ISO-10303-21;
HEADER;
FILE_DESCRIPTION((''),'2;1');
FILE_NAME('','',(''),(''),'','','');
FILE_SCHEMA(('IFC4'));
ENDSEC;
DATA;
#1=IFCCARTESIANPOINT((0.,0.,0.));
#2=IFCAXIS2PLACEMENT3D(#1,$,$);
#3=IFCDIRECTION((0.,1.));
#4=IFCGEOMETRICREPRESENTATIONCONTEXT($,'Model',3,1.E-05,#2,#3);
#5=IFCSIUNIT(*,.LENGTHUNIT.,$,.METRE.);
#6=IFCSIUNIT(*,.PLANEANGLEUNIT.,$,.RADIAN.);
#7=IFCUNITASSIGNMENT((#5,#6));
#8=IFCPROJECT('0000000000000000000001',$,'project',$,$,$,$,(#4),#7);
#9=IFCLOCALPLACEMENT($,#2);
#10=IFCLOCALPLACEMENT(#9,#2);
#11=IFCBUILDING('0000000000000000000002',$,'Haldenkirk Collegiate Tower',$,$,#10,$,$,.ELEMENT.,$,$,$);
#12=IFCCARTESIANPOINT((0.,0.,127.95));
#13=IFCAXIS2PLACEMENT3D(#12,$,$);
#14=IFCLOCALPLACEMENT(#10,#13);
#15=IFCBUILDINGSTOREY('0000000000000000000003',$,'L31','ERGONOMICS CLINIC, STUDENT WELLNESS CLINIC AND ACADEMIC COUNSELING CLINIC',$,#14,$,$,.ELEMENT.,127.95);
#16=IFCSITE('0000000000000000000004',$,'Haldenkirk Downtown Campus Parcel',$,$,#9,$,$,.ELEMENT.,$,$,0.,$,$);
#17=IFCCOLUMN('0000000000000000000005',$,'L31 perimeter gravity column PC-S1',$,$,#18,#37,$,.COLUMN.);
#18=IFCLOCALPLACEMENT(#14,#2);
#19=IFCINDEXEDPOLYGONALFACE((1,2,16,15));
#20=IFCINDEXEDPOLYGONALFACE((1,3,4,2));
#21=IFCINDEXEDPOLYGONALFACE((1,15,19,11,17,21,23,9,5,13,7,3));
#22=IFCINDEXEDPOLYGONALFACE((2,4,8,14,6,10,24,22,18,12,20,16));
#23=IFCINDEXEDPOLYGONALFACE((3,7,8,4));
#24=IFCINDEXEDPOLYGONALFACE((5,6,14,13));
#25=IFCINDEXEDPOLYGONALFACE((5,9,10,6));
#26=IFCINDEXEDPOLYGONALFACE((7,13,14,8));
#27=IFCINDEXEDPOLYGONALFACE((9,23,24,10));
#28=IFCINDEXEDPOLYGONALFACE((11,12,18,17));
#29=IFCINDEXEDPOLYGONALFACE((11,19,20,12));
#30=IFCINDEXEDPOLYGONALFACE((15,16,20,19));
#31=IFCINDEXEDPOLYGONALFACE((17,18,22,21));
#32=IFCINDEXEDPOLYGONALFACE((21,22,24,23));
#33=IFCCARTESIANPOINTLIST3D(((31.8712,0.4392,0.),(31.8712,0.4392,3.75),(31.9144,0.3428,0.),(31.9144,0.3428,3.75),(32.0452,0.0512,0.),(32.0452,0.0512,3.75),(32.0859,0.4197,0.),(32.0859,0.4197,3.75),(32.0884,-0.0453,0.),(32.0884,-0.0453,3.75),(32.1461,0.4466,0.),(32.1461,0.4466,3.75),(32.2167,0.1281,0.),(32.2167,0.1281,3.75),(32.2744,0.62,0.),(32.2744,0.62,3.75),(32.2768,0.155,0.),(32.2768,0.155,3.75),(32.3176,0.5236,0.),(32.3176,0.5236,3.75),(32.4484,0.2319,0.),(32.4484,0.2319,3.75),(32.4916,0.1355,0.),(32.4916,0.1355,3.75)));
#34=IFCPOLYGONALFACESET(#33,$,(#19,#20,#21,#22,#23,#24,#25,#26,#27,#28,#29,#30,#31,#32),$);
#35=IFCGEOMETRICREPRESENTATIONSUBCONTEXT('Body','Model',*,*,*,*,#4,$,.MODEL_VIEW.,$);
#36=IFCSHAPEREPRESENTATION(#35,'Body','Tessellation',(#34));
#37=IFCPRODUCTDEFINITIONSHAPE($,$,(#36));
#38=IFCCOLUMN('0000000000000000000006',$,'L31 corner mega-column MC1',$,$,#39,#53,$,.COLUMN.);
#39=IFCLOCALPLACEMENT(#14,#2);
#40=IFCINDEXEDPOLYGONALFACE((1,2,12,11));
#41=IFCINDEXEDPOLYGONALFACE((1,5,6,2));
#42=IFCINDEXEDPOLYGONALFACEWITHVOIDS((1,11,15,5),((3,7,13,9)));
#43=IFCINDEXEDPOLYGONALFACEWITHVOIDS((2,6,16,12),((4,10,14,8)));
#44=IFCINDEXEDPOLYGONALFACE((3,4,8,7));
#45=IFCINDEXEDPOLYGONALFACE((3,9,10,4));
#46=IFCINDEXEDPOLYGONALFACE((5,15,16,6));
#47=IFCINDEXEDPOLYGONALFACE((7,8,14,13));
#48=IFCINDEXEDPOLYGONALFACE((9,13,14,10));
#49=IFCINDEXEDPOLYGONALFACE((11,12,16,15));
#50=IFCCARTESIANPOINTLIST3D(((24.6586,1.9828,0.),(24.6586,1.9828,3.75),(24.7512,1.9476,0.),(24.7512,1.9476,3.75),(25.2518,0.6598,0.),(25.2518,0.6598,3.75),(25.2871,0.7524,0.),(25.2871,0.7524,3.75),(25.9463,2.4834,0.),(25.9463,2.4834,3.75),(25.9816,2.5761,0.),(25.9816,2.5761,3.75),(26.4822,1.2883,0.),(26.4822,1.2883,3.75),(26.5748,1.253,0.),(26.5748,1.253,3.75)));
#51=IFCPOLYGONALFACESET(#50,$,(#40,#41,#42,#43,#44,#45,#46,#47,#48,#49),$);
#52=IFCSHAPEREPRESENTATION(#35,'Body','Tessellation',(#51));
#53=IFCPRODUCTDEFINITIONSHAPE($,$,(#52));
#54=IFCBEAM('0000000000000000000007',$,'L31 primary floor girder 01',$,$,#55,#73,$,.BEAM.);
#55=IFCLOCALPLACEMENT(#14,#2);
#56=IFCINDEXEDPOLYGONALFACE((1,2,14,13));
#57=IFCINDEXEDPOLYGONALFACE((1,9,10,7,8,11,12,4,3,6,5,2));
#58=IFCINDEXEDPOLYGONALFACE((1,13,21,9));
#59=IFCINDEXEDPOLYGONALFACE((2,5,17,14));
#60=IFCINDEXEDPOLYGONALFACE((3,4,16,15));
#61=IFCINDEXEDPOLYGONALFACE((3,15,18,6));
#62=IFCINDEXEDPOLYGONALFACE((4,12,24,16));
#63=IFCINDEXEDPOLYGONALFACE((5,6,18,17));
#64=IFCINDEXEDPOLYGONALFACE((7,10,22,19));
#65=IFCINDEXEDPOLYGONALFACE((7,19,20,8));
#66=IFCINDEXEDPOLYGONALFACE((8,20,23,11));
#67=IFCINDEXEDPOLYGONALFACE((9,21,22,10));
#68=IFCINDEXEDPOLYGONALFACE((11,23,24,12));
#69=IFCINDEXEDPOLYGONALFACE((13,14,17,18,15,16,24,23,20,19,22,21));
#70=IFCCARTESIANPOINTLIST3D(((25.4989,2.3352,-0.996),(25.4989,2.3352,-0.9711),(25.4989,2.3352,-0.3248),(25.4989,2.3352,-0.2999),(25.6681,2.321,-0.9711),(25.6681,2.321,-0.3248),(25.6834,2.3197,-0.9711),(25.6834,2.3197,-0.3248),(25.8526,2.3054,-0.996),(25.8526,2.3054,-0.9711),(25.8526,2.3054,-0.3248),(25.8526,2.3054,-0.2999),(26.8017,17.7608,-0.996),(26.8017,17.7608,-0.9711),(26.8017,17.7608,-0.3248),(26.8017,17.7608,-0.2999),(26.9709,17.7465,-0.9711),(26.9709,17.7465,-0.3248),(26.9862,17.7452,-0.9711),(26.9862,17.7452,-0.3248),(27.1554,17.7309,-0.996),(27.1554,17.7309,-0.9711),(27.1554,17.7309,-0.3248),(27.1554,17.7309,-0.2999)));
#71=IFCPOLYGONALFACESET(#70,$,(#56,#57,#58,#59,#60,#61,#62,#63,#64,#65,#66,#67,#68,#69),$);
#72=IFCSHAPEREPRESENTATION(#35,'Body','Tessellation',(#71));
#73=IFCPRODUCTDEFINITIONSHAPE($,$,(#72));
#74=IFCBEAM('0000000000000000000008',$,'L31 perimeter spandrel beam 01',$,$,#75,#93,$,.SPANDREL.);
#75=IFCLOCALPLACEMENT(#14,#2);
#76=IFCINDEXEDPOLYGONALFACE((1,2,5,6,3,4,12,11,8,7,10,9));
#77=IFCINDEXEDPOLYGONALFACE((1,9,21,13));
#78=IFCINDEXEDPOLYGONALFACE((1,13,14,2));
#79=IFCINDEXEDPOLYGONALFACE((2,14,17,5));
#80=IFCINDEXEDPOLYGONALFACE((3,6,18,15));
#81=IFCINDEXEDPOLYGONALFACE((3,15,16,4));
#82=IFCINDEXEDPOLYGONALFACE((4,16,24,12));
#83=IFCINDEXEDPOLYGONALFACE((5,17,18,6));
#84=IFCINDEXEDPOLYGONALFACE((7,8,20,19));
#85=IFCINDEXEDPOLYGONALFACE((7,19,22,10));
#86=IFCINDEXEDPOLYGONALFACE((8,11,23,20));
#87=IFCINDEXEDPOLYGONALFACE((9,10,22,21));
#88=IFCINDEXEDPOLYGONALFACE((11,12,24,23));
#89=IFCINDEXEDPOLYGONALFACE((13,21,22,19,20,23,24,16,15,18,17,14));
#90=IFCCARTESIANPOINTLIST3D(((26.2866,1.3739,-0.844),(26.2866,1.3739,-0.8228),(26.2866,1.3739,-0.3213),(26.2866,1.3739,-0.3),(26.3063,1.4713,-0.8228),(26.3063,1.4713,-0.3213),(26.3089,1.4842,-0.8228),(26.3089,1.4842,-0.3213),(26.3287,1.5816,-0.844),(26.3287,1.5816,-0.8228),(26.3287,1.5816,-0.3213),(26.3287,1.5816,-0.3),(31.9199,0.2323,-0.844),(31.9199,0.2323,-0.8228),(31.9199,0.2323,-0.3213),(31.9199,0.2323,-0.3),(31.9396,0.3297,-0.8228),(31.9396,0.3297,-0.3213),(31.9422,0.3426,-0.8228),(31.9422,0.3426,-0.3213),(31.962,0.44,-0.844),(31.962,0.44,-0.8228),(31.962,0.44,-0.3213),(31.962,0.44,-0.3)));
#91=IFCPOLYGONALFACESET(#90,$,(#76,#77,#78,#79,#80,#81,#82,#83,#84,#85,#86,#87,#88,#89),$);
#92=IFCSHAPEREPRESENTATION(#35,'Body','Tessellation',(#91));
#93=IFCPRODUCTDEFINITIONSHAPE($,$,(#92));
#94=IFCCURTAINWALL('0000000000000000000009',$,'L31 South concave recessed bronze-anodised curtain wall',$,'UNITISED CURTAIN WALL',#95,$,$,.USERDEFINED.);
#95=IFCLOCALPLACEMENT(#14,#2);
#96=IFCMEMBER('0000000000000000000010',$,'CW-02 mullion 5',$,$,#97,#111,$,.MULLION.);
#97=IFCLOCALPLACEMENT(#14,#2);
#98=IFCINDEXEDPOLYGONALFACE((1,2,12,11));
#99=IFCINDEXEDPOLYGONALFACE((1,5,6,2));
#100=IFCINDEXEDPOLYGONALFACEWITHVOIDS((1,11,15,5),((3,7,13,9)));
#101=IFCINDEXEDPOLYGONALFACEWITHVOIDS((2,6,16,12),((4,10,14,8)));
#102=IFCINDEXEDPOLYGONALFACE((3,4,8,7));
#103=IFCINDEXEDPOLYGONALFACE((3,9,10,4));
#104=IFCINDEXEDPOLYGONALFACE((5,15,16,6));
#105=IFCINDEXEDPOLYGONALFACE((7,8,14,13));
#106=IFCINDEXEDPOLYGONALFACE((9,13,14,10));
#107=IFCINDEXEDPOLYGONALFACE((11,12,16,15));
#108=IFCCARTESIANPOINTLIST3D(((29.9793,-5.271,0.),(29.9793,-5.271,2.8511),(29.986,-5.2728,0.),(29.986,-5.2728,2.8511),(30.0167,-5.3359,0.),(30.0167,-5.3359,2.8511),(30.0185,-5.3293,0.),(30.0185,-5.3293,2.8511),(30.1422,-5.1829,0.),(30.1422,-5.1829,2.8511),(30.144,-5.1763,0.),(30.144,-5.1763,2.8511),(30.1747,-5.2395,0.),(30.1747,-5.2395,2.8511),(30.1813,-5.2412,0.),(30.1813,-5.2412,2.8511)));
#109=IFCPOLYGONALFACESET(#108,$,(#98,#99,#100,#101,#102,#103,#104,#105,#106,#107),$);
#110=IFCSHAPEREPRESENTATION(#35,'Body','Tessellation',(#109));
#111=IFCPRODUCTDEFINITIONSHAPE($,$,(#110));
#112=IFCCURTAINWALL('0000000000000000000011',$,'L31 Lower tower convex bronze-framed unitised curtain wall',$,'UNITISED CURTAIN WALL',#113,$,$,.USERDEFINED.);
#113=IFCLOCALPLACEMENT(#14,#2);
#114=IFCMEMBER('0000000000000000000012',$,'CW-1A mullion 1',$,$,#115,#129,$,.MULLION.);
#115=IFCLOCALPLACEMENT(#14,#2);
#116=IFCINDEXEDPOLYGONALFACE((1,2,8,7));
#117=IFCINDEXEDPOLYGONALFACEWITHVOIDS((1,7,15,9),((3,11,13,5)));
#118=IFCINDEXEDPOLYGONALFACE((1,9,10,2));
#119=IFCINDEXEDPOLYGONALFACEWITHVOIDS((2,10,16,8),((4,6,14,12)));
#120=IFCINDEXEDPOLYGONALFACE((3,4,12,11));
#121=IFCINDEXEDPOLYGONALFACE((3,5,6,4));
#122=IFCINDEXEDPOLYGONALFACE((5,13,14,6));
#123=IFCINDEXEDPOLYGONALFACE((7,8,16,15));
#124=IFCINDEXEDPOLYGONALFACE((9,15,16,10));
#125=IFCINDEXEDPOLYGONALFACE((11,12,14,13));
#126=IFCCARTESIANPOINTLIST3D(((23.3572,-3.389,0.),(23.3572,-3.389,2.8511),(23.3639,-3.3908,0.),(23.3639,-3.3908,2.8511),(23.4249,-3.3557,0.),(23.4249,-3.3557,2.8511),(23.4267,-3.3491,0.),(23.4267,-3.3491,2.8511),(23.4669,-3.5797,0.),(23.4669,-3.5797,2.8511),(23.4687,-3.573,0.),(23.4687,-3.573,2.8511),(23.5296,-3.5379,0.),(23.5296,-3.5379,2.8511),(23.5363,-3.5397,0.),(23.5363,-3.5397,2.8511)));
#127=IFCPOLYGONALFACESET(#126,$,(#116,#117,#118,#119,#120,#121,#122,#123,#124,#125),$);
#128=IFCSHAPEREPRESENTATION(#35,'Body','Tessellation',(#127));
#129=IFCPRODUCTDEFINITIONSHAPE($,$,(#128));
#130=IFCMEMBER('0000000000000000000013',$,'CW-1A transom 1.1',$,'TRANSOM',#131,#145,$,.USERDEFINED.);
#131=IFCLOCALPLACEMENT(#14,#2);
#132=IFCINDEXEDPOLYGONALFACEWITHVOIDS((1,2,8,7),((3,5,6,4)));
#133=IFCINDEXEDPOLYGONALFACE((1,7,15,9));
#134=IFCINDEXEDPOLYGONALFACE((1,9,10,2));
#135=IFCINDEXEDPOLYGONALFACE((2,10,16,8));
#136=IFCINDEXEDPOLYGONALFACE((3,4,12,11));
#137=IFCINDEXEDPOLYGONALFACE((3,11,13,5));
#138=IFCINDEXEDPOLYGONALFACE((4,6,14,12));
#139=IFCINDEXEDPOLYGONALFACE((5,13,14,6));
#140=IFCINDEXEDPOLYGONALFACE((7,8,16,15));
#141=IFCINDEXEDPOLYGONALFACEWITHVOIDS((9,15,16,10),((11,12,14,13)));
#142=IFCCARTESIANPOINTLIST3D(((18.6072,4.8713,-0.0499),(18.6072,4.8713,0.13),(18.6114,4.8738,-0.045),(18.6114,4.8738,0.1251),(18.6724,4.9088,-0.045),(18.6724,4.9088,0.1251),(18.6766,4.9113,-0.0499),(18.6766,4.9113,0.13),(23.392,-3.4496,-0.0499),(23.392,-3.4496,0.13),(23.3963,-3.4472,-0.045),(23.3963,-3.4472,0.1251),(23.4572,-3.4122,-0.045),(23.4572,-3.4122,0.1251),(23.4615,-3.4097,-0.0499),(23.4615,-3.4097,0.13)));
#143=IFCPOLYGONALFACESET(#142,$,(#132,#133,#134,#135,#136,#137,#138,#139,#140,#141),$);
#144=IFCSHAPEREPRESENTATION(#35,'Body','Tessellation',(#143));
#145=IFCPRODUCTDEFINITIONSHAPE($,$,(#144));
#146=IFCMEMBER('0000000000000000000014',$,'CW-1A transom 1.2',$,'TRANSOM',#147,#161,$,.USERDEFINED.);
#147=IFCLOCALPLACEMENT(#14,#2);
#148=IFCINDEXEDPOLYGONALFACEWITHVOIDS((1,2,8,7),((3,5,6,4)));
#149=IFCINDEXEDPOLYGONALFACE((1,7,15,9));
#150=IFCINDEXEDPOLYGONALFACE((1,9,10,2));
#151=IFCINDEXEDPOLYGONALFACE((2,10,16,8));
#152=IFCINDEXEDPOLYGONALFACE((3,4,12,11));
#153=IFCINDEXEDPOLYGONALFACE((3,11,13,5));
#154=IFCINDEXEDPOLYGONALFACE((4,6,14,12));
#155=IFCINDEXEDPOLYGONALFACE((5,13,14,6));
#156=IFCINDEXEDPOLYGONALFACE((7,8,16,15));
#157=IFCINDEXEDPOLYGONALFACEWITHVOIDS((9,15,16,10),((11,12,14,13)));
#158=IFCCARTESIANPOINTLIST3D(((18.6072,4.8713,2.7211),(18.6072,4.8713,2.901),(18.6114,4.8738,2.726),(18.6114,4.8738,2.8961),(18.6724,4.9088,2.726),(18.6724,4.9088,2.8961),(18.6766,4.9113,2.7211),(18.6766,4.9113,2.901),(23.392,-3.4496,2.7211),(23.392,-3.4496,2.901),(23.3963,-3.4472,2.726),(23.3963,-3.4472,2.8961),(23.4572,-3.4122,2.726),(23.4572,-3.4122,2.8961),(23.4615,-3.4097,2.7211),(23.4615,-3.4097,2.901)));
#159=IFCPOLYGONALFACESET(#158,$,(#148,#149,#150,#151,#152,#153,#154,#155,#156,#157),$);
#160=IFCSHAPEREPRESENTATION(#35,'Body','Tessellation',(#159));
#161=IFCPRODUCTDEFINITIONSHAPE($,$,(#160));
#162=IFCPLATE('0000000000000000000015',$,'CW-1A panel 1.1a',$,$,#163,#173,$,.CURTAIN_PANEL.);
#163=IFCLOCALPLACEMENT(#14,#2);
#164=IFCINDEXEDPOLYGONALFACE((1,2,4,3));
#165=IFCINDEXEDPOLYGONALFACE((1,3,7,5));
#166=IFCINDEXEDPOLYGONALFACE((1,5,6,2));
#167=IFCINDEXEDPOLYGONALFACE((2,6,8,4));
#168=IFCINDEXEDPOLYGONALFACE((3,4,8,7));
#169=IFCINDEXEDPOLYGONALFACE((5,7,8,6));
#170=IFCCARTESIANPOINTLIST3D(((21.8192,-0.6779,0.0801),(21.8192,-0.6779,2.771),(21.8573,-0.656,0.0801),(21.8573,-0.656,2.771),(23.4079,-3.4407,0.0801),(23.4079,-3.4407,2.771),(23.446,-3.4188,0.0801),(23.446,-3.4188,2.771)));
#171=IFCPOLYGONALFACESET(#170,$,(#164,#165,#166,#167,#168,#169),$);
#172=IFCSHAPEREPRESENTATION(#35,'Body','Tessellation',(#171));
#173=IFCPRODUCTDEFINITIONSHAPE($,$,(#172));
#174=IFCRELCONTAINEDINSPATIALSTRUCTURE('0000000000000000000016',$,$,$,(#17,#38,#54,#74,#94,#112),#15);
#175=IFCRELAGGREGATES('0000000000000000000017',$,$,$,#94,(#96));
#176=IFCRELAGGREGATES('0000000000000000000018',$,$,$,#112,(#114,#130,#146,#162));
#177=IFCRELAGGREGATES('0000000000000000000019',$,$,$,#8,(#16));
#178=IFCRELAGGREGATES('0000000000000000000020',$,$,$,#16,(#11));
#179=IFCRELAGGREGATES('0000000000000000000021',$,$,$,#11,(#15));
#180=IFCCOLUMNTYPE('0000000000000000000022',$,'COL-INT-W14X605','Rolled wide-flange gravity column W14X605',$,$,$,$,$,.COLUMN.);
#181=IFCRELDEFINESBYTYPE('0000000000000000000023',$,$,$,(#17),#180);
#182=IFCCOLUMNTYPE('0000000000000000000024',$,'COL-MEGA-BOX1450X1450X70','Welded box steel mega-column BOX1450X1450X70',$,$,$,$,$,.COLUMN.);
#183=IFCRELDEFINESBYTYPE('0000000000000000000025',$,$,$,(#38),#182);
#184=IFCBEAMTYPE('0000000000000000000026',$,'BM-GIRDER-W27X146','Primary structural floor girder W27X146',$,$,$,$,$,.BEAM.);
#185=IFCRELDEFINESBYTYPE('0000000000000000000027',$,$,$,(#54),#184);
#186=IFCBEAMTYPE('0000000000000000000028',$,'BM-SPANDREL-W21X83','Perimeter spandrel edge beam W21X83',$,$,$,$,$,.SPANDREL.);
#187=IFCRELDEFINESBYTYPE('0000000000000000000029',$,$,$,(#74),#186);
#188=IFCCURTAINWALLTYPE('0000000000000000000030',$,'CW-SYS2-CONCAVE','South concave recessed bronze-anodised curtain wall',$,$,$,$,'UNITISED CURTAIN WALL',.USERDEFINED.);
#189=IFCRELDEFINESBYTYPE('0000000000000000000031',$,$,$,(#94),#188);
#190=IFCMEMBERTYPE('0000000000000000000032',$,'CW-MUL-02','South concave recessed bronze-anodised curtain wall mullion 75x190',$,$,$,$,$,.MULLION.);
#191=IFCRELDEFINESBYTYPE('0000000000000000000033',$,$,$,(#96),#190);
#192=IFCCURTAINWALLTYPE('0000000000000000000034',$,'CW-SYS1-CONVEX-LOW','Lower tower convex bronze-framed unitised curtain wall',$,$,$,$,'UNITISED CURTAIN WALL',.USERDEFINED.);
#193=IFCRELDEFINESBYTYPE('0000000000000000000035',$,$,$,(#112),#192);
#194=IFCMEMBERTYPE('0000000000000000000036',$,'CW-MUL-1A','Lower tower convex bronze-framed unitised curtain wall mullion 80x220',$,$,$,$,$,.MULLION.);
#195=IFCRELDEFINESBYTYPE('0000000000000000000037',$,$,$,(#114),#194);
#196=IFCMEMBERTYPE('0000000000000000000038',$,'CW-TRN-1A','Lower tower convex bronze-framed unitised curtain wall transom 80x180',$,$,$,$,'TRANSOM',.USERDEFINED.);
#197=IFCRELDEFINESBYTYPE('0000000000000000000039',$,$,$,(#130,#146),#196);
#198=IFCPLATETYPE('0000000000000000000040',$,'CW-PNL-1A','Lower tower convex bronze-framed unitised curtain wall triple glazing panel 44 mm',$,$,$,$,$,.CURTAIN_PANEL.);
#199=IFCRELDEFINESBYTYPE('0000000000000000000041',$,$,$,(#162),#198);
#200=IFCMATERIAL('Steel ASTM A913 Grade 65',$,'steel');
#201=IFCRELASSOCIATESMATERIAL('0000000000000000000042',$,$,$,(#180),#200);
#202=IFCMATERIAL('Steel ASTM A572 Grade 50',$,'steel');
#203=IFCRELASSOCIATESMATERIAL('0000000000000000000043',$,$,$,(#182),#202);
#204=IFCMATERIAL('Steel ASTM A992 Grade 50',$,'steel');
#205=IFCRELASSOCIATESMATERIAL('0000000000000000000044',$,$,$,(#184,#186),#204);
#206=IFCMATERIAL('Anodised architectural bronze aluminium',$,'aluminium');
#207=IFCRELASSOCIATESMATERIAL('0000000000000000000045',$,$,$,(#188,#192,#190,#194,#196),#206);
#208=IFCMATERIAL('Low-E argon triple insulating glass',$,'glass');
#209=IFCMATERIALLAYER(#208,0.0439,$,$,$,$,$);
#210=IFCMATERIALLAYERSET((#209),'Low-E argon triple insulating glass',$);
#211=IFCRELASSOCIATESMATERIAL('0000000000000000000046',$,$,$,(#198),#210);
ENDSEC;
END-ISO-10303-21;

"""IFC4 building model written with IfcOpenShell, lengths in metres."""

from ifc_helpers import new_model, si_unit, direction, frame, origin, origin_2d, place, context, subcontext, project, spatial, rectangle, hollow_rectangle, i_section, extrude, source, transform, mapped, material, layer, layer_set, material_profile, profile_set, type_object, element, aggregate, save


model = new_model("IFC4")

# Units and contexts
model_context = context("Model", 3, precision=1e-05, world=origin(), true_north=direction((0.0, 1.0)))
body_context = subcontext(model_context, "Body", "Model", "MODEL_VIEW")
ifc_project = project(units=[si_unit("LENGTHUNIT", "METRE"), si_unit("PLANEANGLEUNIT", "RADIAN")], contexts=[model_context])

# Site, building, storey
site_placement = place(None, origin())
site = spatial("IfcSite", under=ifc_project, at=site_placement, Name="Haldenkirk Downtown Campus Parcel", CompositionType="ELEMENT", RefElevation=0.0)
building_placement = place(site_placement, origin())
building = spatial("IfcBuilding", under=site, at=building_placement, Name="Haldenkirk Collegiate Tower", CompositionType="ELEMENT")
storey_placement = place(building_placement, frame((0.0, 0.0, 127.95)))
storey = spatial("IfcBuildingStorey", under=building, at=storey_placement, Name="L31", Description="ERGONOMICS CLINIC, STUDENT WELLNESS CLINIC AND ACADEMIC COUNSELING CLINIC", CompositionType="ELEMENT", Elevation=127.95)

# Columns
ifc_material_1 = material(Name="Steel ASTM A913 Grade 65", Category="steel")
ifc_material_profile_1 = material_profile(ifc_material_1, i_section(OverallWidth=0.4419, OverallDepth=0.531, WebThickness=0.0659, FlangeThickness=0.1057, at=origin_2d()), Name="W14X605")
ifc_profile_set_1 = profile_set([ifc_material_profile_1], Name="Steel ASTM A913 Grade 65")
column_type_1 = type_object("IfcColumnType", Name="COL-INT-W14X605", Description="Rolled wide-flange gravity column W14X605", PredefinedType="COLUMN", material=ifc_profile_set_1)
column_1_placement = place(storey_placement, frame((32.1814, 0.2874, 0.0), z_axis=(0.0, 0.0, 1.0), x_axis=(0.912477, 0.409127, 0.0)))
element("IfcColumn", 1, at=column_1_placement, inside=storey, type_object=column_type_1, Name="L31 perimeter gravity column PC-S1", PredefinedType="COLUMN", context=body_context, shape_type="SweptSolid", body=[
    extrude(i_section(OverallWidth=0.4419, OverallDepth=0.531, WebThickness=0.0659, FlangeThickness=0.1057, at=origin_2d()), origin(), (0.0, 0.0, 1.0), 3.75),
])
ifc_material_2 = material(Name="Steel ASTM A572 Grade 50", Category="steel")
ifc_material_profile_2 = material_profile(ifc_material_2, hollow_rectangle(XDim=1.45, YDim=1.45, WallThickness=0.0701, at=origin_2d()), Name="BOX1450X1450X70")
ifc_profile_set_2 = profile_set([ifc_material_profile_2], Name="Steel ASTM A572 Grade 50")
column_type_2 = type_object("IfcColumnType", Name="COL-MEGA-BOX1450X1450X70", Description="Welded box steel mega-column BOX1450X1450X70", PredefinedType="COLUMN", material=ifc_profile_set_2)
column_2_placement = place(storey_placement, frame((25.6167, 1.6179, 0.0), z_axis=(0.0, 0.0, 1.0), x_axis=(0.912477, 0.409127, 0.0)))
element("IfcColumn", 2, at=column_2_placement, inside=storey, type_object=column_type_2, Name="L31 corner mega-column MC1", PredefinedType="COLUMN", context=body_context, shape_type="SweptSolid", body=[
    extrude(hollow_rectangle(XDim=1.45, YDim=1.45, WallThickness=0.0701, at=origin_2d()), origin(), (0.0, 0.0, 1.0), 3.75),
])

# Beams
ifc_material_3 = material(Name="Steel ASTM A992 Grade 50", Category="steel")
ifc_material_profile_3 = material_profile(ifc_material_3, i_section(OverallWidth=0.355, OverallDepth=0.696, WebThickness=0.0154, FlangeThickness=0.0249, at=origin_2d()), Name="W27X146")
ifc_profile_set_3 = profile_set([ifc_material_profile_3], Name="Steel ASTM A992 Grade 50")
beam_type_1 = type_object("IfcBeamType", Name="BM-GIRDER-W27X146", Description="Primary structural floor girder W27X146", PredefinedType="BEAM", material=ifc_profile_set_3)
beam_1_placement = place(storey_placement, frame((25.6758, 2.3203, -0.6479), z_axis=(0.084154, 0.996453, 0.0), x_axis=(-0.996453, 0.084154, 0.0)))
element("IfcBeam", 3, at=beam_1_placement, inside=storey, type_object=beam_type_1, Name="L31 primary floor girder 01", PredefinedType="BEAM", context=body_context, shape_type="SweptSolid", body=[
    extrude(i_section(OverallWidth=0.355, OverallDepth=0.696, WebThickness=0.0154, FlangeThickness=0.0249, at=origin_2d()), origin(), (0.0, 0.0, 1.0), 15.4805),
])
ifc_material_profile_4 = material_profile(ifc_material_3, i_section(OverallWidth=0.2119, OverallDepth=0.5439, WebThickness=0.0132, FlangeThickness=0.0212, at=origin_2d()), Name="W21X83")
ifc_profile_set_4 = profile_set([ifc_material_profile_4], Name="Steel ASTM A992 Grade 50")
beam_type_2 = type_object("IfcBeamType", Name="BM-SPANDREL-W21X83", Description="Perimeter spandrel edge beam W21X83", PredefinedType="SPANDREL", material=ifc_profile_set_4)
beam_2_placement = place(storey_placement, frame((26.3076, 1.4778, -0.572), z_axis=(0.980078, -0.198615, 0.0), x_axis=(0.198615, 0.980078, 0.0)))
element("IfcBeam", 4, at=beam_2_placement, inside=storey, type_object=beam_type_2, Name="L31 perimeter spandrel beam 01", PredefinedType="SPANDREL", context=body_context, shape_type="SweptSolid", body=[
    extrude(i_section(OverallWidth=0.2119, OverallDepth=0.5439, WebThickness=0.0132, FlangeThickness=0.0212, at=origin_2d()), origin(), (0.0, 0.0, 1.0), 5.7478),
])

# Curtain wall, member
ifc_material_4 = material(Name="Anodised architectural bronze aluminium", Category="aluminium")
curtain_wall_type_1 = type_object("IfcCurtainWallType", Name="CW-SYS2-CONCAVE", Description="South concave recessed bronze-anodised curtain wall", ElementType="UNITISED CURTAIN WALL", PredefinedType="USERDEFINED", material=ifc_material_4)
curtain_wall_1_placement = place(storey_placement, origin())
curtain_wall_1 = element("IfcCurtainWall", 5, at=curtain_wall_1_placement, inside=storey, type_object=curtain_wall_type_1, Name="L31 South concave recessed bronze-anodised curtain wall", ObjectType="UNITISED CURTAIN WALL", PredefinedType="USERDEFINED")
ifc_material_profile_5 = material_profile(ifc_material_4, hollow_rectangle(XDim=0.075, YDim=0.1899, WallThickness=0.0049, at=origin_2d()), Name="CW-MUL-02")
ifc_profile_set_5 = profile_set([ifc_material_profile_5], Name="Anodised architectural bronze aluminium")
member_type_1 = type_object("IfcMemberType", Name="CW-MUL-02", Description="South concave recessed bronze-anodised curtain wall mullion 75x190", PredefinedType="MULLION", material=ifc_profile_set_5)
member_1_placement = place(storey_placement, frame((30.0803, -5.2561, 0.0), z_axis=(0.0, 0.0, 1.0), x_axis=(0.498489, -0.866896, 0.0)))
member_1 = element("IfcMember", 6, at=member_1_placement, type_object=member_type_1, Name="CW-02 mullion 5", PredefinedType="MULLION", context=body_context, shape_type="SweptSolid", body=[
    extrude(hollow_rectangle(XDim=0.075, YDim=0.1899, WallThickness=0.0049, at=origin_2d()), origin(), (0.0, 0.0, 1.0), 2.8511),
])
aggregate(curtain_wall_1, [member_1])

# Curtain wall, members, plate
curtain_wall_type_2 = type_object("IfcCurtainWallType", Name="CW-SYS1-CONVEX-LOW", Description="Lower tower convex bronze-framed unitised curtain wall", ElementType="UNITISED CURTAIN WALL", PredefinedType="USERDEFINED", material=ifc_material_4)
curtain_wall_2_placement = place(storey_placement, origin())
curtain_wall_2 = element("IfcCurtainWall", 7, at=curtain_wall_2_placement, inside=storey, type_object=curtain_wall_type_2, Name="L31 Lower tower convex bronze-framed unitised curtain wall", ObjectType="UNITISED CURTAIN WALL", PredefinedType="USERDEFINED")
ifc_material_profile_6 = material_profile(ifc_material_4, hollow_rectangle(XDim=0.0801, YDim=0.22, WallThickness=0.0049, at=origin_2d()), Name="CW-MUL-1A")
ifc_profile_set_6 = profile_set([ifc_material_profile_6], Name="Anodised architectural bronze aluminium")
member_type_2 = type_object("IfcMemberType", Name="CW-MUL-1A", Description="Lower tower convex bronze-framed unitised curtain wall mullion 80x220", PredefinedType="MULLION", material=ifc_profile_set_6)
member_2_placement = place(storey_placement, frame((23.4468, -3.4644, 0.0), z_axis=(0.0, 0.0, 1.0), x_axis=(-0.866896, -0.49849, 0.0)))
member_2 = element("IfcMember", 8, at=member_2_placement, type_object=member_type_2, Name="CW-1A mullion 1", PredefinedType="MULLION", context=body_context, shape_type="SweptSolid", body=[
    extrude(hollow_rectangle(XDim=0.0801, YDim=0.22, WallThickness=0.0049, at=origin_2d()), origin(), (0.0, 0.0, 1.0), 2.8511),
])
ifc_material_profile_7 = material_profile(ifc_material_4, hollow_rectangle(XDim=0.0801, YDim=0.1799, WallThickness=0.0049, at=origin_2d()), Name="CW-TRN-1A")
ifc_profile_set_7 = profile_set([ifc_material_profile_7], Name="Anodised architectural bronze aluminium")
member_type_3 = type_object("IfcMemberType", Name="CW-TRN-1A", Description="Lower tower convex bronze-framed unitised curtain wall transom 80x180", ElementType="TRANSOM", PredefinedType="USERDEFINED", material=ifc_profile_set_7)
member_3_placement = place(storey_placement, frame((23.4268, -3.4297, 0.04), z_axis=(-0.498495, 0.866892, 0.0), x_axis=(-0.866892, -0.498495, 0.0)))
member_3 = element("IfcMember", 9, at=member_3_placement, type_object=member_type_3, Name="CW-1A transom 1.1", ObjectType="TRANSOM", PredefinedType="USERDEFINED", context=body_context, shape_type="SweptSolid", body=[
    extrude(hollow_rectangle(XDim=0.0801, YDim=0.1799, WallThickness=0.0049, at=origin_2d()), origin(), (0.0, 0.0, 1.0), 9.5986),
])
member_4_placement = place(storey_placement, frame((23.4268, -3.4297, 2.811), z_axis=(-0.498495, 0.866892, 0.0), x_axis=(-0.866892, -0.498495, 0.0)))
member_4 = element("IfcMember", 10, at=member_4_placement, type_object=member_type_3, Name="CW-1A transom 1.2", ObjectType="TRANSOM", PredefinedType="USERDEFINED", context=body_context, shape_type="SweptSolid", body=[
    extrude(hollow_rectangle(XDim=0.0801, YDim=0.1799, WallThickness=0.0049, at=origin_2d()), origin(), (0.0, 0.0, 1.0), 9.5986),
])
ifc_material_5 = material(Name="Low-E argon triple insulating glass", Category="glass")
ifc_layer_1 = layer(ifc_material_5, 0.0439)
ifc_layer_set_1 = layer_set([ifc_layer_1], Name="Low-E argon triple insulating glass")
plate_type = type_object("IfcPlateType", Name="CW-PNL-1A", Description="Lower tower convex bronze-framed unitised curtain wall triple glazing panel 44 mm", PredefinedType="CURTAIN_PANEL", material=ifc_layer_set_1)
shared_shape_1 = source(origin(), body_context, "Body", "SweptSolid", [
    extrude(rectangle(XDim=3.187, YDim=0.0439, at=origin_2d()), origin(), (0.0, 0.0, 1.0), 2.6909),
])
plate_1_placement = place(storey_placement, frame((22.6326, -2.0483, 0.0801), z_axis=(0.0, 0.0, 1.0), x_axis=(-0.49849, 0.866896, 0.0)))
plate_1 = element("IfcPlate", 11, at=plate_1_placement, type_object=plate_type, Name="CW-1A panel 1.1a", PredefinedType="CURTAIN_PANEL", context=body_context, shape_type="MappedRepresentation", body=[
    mapped(shared_shape_1, transform((0.0, 0.0, 0.0), x_axis=(1.0, 0.0, 0.0), y_axis=(0.0, 1.0, 0.0), z_axis=(0.0, 0.0, 1.0), scale=1.0)),
])
aggregate(curtain_wall_2, [member_2, member_3, member_4, plate_1])

save(model, "model.ifc")
